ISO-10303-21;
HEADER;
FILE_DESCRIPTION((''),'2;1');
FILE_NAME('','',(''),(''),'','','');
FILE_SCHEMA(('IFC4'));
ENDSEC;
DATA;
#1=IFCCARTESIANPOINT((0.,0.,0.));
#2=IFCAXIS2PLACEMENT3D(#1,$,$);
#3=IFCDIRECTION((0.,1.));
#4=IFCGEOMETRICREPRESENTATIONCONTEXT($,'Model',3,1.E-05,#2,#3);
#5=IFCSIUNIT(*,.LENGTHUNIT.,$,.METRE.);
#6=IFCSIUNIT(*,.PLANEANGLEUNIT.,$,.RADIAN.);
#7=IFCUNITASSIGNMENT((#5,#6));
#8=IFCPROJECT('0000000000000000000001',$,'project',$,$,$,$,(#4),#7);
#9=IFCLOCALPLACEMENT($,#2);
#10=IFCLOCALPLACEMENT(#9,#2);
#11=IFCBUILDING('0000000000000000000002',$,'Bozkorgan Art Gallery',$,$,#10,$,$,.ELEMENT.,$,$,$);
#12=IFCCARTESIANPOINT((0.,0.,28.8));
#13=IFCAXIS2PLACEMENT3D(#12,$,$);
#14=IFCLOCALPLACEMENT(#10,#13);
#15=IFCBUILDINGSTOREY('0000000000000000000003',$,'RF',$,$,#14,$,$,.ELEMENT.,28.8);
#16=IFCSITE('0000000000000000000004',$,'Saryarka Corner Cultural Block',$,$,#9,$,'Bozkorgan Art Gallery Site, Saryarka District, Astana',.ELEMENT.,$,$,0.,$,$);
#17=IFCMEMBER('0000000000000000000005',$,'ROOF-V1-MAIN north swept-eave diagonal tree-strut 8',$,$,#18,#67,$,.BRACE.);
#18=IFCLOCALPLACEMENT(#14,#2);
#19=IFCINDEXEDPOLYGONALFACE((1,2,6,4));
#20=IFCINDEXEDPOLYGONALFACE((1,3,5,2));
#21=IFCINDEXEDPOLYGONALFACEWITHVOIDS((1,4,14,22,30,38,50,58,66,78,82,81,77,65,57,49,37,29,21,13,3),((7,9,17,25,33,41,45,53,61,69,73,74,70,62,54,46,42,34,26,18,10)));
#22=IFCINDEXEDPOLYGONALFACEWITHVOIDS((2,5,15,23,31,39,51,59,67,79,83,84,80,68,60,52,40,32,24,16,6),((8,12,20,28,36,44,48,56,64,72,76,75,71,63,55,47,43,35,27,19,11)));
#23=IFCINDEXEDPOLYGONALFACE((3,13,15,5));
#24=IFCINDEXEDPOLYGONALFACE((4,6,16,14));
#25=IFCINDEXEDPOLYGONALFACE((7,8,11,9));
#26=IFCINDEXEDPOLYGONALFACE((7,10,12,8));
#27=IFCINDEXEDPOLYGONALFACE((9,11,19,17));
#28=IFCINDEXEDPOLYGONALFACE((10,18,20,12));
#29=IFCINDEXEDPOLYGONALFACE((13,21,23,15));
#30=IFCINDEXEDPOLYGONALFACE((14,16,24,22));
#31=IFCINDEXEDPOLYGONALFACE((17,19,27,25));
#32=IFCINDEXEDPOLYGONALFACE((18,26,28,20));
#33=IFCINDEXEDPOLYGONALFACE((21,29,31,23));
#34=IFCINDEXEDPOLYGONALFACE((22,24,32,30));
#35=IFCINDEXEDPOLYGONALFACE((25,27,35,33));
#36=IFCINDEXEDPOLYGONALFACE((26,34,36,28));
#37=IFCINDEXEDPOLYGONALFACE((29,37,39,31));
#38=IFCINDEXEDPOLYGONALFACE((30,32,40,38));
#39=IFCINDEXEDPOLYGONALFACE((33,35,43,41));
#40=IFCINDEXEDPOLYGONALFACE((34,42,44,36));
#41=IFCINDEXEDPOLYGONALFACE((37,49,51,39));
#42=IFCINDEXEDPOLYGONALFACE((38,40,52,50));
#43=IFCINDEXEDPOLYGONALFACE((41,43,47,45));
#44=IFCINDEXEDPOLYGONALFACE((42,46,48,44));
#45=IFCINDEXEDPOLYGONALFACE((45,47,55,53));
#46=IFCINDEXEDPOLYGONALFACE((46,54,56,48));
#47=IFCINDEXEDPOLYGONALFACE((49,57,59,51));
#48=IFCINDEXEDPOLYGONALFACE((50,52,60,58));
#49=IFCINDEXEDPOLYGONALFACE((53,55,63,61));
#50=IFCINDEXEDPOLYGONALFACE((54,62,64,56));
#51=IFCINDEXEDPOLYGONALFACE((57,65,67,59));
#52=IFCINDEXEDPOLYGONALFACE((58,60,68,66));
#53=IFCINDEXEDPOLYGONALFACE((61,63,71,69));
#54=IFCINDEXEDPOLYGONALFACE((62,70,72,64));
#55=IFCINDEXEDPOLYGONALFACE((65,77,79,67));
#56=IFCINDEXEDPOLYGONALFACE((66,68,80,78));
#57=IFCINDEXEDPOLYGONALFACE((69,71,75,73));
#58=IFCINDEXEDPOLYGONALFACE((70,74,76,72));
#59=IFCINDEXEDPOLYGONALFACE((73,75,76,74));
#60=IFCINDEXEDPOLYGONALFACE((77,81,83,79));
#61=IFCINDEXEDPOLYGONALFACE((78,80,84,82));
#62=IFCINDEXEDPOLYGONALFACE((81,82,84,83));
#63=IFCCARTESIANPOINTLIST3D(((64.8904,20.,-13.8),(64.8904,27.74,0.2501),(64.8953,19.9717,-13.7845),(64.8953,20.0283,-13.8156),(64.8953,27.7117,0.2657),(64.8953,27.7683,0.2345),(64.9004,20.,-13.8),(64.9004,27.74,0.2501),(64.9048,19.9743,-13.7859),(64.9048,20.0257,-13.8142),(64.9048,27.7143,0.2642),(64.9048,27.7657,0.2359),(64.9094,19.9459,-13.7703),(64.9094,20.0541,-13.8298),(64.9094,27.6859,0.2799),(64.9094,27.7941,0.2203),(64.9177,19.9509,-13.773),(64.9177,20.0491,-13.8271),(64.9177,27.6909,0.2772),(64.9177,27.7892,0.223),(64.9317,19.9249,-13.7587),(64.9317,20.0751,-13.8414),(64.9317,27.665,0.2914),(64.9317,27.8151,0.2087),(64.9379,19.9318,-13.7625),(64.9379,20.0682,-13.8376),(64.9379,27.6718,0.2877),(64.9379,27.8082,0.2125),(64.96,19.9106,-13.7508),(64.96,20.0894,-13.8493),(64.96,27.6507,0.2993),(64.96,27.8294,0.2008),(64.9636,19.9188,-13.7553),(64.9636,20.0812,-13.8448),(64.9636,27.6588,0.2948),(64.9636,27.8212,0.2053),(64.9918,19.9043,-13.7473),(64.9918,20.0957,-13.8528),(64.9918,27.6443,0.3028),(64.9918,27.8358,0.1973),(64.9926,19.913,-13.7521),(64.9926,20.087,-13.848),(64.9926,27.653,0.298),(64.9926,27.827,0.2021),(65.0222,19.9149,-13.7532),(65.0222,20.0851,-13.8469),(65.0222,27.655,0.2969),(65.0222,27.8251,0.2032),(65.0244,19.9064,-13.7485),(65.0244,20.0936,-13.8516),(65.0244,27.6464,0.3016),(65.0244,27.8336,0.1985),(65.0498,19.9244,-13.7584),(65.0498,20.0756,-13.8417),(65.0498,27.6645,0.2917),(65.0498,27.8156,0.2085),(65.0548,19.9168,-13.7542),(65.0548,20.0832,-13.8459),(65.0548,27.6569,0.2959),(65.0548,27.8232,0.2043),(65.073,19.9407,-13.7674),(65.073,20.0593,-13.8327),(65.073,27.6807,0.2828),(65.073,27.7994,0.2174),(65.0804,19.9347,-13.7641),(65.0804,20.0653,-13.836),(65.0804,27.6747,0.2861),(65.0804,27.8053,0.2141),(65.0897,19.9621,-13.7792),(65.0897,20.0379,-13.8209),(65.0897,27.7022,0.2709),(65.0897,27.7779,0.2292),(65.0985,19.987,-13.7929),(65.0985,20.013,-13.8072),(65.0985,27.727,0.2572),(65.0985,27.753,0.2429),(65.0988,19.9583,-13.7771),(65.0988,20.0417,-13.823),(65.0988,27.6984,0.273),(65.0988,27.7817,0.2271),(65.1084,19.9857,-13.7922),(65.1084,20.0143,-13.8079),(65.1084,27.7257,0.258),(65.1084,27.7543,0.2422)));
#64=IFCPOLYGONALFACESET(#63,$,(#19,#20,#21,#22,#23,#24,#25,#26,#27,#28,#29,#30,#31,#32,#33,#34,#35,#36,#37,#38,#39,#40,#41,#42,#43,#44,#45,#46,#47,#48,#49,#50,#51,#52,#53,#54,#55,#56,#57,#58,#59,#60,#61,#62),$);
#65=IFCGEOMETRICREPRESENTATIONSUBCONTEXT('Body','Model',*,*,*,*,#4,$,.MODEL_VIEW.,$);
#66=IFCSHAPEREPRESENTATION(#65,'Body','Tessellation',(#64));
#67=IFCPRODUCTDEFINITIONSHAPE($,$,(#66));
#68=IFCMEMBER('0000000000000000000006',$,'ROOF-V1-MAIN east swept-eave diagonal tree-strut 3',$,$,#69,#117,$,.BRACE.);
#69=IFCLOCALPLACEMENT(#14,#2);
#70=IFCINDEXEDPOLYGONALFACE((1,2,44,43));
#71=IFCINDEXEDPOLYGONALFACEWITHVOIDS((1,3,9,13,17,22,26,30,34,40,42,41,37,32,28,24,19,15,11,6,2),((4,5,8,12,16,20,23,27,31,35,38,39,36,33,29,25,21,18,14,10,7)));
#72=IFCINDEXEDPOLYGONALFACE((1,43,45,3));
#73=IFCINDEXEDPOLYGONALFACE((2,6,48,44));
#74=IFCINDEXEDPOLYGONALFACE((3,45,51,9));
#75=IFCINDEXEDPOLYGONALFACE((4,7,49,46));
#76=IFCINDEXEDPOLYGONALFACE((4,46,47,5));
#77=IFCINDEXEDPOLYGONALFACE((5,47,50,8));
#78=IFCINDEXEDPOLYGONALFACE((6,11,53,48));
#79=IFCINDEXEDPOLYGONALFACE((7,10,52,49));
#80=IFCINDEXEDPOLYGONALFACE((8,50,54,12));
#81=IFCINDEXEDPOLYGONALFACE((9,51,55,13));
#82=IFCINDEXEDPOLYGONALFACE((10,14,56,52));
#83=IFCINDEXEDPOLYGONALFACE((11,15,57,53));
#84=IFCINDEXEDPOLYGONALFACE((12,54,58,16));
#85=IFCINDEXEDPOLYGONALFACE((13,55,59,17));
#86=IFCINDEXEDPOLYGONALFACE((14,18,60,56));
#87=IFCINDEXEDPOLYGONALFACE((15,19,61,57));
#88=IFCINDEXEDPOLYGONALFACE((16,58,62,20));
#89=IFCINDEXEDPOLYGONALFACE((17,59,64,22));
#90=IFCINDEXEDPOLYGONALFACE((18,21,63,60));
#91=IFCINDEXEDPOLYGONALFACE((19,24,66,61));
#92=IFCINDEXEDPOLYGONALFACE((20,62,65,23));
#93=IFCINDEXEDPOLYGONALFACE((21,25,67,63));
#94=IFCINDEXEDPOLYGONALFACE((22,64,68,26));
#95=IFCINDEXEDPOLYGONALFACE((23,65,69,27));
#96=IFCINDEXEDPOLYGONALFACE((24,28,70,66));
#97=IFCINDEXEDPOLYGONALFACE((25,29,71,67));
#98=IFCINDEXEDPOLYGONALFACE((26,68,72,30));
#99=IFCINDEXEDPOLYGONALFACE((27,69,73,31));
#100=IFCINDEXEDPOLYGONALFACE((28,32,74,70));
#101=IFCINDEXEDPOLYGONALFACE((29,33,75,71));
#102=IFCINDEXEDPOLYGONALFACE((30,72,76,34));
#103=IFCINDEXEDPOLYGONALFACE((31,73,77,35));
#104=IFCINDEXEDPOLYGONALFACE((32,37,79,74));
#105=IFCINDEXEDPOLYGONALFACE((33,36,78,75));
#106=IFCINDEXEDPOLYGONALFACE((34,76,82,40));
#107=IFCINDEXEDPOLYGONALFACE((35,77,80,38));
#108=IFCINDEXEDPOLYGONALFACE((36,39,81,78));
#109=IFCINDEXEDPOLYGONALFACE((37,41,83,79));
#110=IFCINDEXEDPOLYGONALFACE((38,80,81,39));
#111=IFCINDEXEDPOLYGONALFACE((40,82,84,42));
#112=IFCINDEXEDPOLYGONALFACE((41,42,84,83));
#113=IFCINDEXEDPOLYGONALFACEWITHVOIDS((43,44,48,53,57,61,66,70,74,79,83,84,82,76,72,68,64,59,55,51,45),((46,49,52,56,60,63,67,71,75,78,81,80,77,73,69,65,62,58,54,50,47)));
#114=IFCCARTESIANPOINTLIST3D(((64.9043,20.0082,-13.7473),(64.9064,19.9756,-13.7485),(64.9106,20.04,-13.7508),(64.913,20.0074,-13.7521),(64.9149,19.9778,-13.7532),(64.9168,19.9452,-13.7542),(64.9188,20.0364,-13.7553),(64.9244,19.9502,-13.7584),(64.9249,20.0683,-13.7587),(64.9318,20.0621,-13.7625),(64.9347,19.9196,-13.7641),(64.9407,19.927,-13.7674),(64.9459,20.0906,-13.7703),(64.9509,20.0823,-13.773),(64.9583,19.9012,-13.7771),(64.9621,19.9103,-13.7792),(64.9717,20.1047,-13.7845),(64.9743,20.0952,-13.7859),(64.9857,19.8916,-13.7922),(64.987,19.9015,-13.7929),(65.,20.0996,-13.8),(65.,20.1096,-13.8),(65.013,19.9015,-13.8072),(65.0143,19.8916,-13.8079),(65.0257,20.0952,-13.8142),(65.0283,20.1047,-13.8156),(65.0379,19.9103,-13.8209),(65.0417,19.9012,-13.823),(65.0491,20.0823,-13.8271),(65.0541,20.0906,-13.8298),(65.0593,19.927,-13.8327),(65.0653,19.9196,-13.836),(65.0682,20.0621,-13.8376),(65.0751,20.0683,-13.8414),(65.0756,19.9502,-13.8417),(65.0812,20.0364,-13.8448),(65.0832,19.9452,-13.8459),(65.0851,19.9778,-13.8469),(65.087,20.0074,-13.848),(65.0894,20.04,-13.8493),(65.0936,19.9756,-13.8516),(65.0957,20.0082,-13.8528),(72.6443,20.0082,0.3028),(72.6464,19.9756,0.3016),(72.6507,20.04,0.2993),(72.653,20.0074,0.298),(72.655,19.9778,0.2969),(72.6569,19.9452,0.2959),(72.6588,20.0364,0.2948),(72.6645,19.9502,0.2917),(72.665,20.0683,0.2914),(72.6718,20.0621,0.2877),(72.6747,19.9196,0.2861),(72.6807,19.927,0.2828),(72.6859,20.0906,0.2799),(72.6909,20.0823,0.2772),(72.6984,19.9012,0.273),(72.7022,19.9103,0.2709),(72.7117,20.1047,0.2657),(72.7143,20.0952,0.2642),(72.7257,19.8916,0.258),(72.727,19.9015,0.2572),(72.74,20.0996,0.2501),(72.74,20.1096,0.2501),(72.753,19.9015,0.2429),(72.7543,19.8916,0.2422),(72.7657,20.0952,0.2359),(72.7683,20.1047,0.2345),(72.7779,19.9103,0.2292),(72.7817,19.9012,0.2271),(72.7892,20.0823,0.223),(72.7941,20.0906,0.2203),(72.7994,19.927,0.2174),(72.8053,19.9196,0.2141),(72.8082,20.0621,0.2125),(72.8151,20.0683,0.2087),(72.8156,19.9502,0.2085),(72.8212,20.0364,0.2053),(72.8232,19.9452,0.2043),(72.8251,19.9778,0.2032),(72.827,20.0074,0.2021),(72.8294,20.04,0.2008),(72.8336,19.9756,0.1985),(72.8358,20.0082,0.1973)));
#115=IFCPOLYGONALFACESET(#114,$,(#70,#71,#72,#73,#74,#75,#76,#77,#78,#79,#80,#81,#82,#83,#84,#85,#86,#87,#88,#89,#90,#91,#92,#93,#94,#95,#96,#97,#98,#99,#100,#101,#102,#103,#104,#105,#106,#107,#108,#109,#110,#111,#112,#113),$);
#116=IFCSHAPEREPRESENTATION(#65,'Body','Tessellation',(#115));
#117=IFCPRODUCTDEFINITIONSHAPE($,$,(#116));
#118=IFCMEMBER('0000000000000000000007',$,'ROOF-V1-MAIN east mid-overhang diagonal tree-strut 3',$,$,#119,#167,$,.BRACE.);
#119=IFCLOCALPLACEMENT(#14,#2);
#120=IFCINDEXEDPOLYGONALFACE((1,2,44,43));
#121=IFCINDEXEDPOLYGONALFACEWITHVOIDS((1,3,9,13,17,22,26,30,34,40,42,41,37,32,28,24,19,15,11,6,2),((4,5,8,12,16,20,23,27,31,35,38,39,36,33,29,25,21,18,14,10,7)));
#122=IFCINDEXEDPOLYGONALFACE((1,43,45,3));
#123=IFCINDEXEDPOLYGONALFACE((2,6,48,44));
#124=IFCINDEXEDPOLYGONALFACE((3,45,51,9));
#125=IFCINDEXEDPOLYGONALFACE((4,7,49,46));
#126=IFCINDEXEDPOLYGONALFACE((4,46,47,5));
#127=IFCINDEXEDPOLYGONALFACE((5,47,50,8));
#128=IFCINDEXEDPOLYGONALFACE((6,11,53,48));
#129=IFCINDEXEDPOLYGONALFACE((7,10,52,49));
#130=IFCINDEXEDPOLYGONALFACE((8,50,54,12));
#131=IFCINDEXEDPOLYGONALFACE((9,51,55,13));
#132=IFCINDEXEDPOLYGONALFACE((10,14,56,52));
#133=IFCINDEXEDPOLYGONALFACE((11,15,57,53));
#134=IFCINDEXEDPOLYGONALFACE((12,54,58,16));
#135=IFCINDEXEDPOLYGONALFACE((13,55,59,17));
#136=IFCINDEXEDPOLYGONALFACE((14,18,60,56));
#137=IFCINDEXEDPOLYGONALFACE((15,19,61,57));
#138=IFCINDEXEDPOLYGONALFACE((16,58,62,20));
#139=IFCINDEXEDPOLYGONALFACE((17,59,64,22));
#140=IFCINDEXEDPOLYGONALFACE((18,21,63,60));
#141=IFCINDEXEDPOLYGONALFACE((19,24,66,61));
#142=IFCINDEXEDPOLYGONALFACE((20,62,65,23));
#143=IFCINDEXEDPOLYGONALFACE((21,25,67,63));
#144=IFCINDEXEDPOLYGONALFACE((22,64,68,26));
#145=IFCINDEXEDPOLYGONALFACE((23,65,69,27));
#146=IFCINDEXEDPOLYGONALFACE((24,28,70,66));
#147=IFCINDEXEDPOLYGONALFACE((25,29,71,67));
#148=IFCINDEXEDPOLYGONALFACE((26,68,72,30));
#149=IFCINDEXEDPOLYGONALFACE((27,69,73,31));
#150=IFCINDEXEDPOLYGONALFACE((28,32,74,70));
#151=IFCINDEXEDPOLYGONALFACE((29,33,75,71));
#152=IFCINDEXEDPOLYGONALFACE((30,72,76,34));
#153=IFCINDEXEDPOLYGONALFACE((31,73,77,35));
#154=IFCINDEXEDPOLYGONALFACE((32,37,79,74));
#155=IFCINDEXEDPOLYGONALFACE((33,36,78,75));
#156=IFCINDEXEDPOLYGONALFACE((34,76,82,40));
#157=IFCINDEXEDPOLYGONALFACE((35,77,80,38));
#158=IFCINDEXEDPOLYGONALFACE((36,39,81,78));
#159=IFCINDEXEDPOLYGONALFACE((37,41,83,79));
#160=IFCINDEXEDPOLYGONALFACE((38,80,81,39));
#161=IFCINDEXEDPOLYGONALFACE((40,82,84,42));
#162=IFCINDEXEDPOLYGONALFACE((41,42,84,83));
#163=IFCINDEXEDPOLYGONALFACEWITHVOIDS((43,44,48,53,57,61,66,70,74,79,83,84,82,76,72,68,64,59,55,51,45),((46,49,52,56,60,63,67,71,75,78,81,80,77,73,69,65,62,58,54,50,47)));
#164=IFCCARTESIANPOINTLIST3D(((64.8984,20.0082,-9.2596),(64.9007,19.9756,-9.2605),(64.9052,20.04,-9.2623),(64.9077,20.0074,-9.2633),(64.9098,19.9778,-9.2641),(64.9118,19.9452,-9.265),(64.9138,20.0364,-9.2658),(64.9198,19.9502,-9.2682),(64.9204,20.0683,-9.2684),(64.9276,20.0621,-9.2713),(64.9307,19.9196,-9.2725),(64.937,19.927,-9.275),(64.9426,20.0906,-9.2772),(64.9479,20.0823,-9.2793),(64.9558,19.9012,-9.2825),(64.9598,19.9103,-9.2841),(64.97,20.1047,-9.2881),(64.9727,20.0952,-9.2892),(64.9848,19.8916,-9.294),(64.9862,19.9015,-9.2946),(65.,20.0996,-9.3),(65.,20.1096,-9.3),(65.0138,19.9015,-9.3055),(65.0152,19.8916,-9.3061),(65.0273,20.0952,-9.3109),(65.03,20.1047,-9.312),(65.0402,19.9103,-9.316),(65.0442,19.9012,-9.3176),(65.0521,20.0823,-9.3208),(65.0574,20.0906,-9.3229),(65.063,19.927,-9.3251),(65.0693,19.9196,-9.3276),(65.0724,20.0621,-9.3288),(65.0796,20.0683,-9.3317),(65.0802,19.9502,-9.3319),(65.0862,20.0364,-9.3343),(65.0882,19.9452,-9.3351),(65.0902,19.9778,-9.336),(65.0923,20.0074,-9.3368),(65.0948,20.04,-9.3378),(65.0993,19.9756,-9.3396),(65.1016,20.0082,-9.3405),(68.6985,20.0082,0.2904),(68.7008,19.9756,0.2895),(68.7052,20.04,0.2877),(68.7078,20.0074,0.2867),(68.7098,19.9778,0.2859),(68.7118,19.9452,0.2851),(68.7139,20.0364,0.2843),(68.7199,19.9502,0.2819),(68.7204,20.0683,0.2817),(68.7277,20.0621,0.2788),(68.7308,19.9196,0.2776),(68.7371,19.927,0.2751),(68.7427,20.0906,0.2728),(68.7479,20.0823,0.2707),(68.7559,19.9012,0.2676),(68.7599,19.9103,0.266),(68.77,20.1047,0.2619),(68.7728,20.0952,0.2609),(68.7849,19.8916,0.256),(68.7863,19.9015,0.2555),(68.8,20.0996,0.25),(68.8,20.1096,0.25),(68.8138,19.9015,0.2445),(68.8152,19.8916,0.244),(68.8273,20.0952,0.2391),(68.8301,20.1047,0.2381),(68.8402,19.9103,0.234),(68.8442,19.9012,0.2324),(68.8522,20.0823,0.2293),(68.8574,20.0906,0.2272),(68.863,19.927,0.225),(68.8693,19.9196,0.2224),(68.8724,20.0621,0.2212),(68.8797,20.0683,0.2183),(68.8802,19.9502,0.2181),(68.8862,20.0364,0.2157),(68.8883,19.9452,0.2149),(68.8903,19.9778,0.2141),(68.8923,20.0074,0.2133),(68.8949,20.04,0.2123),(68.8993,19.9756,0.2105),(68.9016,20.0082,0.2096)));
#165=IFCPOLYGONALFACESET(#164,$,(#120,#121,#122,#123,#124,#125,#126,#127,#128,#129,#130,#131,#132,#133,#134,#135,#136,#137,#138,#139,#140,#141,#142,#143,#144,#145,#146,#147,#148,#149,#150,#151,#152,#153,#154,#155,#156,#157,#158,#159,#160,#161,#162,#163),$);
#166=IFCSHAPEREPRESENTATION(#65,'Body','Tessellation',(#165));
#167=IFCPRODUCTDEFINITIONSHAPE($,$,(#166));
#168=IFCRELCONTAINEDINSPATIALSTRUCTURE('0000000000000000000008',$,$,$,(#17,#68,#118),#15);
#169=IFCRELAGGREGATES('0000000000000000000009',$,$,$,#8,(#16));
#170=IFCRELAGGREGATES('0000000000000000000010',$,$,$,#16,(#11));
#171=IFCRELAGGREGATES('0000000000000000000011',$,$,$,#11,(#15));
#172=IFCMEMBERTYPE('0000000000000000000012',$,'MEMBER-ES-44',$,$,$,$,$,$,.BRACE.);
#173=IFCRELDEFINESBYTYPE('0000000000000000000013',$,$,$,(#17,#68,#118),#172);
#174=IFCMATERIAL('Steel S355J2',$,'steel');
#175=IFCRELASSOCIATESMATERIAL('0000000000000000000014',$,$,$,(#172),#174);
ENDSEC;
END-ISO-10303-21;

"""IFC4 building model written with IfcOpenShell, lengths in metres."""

from ifc_helpers import new_model, si_unit, direction, frame, origin, origin_2d, place, context, subcontext, project, spatial, hollow_circle, extrude, material, material_profile, profile_set, type_object, element, save


model = new_model("IFC4")

# Units and contexts
model_context = context("Model", 3, precision=1e-05, world=origin(), true_north=direction((0.0, 1.0)))
body_context = subcontext(model_context, "Body", "Model", "MODEL_VIEW")
ifc_project = project(units=[si_unit("LENGTHUNIT", "METRE"), si_unit("PLANEANGLEUNIT", "RADIAN")], contexts=[model_context])

# Site, building, storey
site_placement = place(None, origin())
site = spatial("IfcSite", under=ifc_project, at=site_placement, Name="Saryarka Corner Cultural Block", LongName="Bozkorgan Art Gallery Site, Saryarka District, Astana", CompositionType="ELEMENT", RefElevation=0.0)
building_placement = place(site_placement, origin())
building = spatial("IfcBuilding", under=site, at=building_placement, Name="Bozkorgan Art Gallery", CompositionType="ELEMENT")
storey_placement = place(building_placement, frame((0.0, 0.0, 28.8)))
storey = spatial("IfcBuildingStorey", under=building, at=storey_placement, Name="RF", CompositionType="ELEMENT", Elevation=28.8)

# Members
ifc_material_1 = material(Name="Steel S355J2", Category="steel")
ifc_material_profile_1 = material_profile(ifc_material_1, hollow_circle(Radius=0.1096, WallThickness=0.01, at=origin_2d()), Name="CHS 219.1x10")
ifc_profile_set_1 = profile_set([ifc_material_profile_1], Name="Steel S355J2")
member_type_1 = type_object("IfcMemberType", Name="MEMBER-ES-44", PredefinedType="BRACE", material=ifc_profile_set_1)
for number, where, z_axis, x_axis, name in (
    (1, (65.0, 20.0, -13.8), (0.0, 0.482515, 0.875888), (-1.0, 0.0, 0.0), "ROOF-V1-MAIN north swept-eave diagonal tree-strut 8"),
    (2, (65.0, 20.0, -13.8), (0.482515, 0.0, 0.875888), (0.0, 1.0, 0.0), "ROOF-V1-MAIN east swept-eave diagonal tree-strut 3"),
):
    element("IfcMember", number, at=place(storey_placement, frame(where, z_axis=z_axis, x_axis=x_axis)), inside=storey, type_object=member_type_1, Name=name, PredefinedType="BRACE", context=body_context, shape_type="SweptSolid", body=[
        extrude(hollow_circle(Radius=0.1096, WallThickness=0.01, at=origin_2d()), origin(), (0.0, 0.0, 1.0), 16.041),
    ])
member_1_placement = place(storey_placement, frame((65.0, 20.0, -9.3), z_axis=(0.369715, 0.0, 0.929145), x_axis=(0.0, 1.0, 0.0)))
element("IfcMember", 3, at=member_1_placement, inside=storey, type_object=member_type_1, Name="ROOF-V1-MAIN east mid-overhang diagonal tree-strut 3", PredefinedType="BRACE", context=body_context, shape_type="SweptSolid", body=[
    extrude(hollow_circle(Radius=0.1096, WallThickness=0.01, at=origin_2d()), origin(), (0.0, 0.0, 1.0), 10.2783),
])

save(model, "model.ifc")
